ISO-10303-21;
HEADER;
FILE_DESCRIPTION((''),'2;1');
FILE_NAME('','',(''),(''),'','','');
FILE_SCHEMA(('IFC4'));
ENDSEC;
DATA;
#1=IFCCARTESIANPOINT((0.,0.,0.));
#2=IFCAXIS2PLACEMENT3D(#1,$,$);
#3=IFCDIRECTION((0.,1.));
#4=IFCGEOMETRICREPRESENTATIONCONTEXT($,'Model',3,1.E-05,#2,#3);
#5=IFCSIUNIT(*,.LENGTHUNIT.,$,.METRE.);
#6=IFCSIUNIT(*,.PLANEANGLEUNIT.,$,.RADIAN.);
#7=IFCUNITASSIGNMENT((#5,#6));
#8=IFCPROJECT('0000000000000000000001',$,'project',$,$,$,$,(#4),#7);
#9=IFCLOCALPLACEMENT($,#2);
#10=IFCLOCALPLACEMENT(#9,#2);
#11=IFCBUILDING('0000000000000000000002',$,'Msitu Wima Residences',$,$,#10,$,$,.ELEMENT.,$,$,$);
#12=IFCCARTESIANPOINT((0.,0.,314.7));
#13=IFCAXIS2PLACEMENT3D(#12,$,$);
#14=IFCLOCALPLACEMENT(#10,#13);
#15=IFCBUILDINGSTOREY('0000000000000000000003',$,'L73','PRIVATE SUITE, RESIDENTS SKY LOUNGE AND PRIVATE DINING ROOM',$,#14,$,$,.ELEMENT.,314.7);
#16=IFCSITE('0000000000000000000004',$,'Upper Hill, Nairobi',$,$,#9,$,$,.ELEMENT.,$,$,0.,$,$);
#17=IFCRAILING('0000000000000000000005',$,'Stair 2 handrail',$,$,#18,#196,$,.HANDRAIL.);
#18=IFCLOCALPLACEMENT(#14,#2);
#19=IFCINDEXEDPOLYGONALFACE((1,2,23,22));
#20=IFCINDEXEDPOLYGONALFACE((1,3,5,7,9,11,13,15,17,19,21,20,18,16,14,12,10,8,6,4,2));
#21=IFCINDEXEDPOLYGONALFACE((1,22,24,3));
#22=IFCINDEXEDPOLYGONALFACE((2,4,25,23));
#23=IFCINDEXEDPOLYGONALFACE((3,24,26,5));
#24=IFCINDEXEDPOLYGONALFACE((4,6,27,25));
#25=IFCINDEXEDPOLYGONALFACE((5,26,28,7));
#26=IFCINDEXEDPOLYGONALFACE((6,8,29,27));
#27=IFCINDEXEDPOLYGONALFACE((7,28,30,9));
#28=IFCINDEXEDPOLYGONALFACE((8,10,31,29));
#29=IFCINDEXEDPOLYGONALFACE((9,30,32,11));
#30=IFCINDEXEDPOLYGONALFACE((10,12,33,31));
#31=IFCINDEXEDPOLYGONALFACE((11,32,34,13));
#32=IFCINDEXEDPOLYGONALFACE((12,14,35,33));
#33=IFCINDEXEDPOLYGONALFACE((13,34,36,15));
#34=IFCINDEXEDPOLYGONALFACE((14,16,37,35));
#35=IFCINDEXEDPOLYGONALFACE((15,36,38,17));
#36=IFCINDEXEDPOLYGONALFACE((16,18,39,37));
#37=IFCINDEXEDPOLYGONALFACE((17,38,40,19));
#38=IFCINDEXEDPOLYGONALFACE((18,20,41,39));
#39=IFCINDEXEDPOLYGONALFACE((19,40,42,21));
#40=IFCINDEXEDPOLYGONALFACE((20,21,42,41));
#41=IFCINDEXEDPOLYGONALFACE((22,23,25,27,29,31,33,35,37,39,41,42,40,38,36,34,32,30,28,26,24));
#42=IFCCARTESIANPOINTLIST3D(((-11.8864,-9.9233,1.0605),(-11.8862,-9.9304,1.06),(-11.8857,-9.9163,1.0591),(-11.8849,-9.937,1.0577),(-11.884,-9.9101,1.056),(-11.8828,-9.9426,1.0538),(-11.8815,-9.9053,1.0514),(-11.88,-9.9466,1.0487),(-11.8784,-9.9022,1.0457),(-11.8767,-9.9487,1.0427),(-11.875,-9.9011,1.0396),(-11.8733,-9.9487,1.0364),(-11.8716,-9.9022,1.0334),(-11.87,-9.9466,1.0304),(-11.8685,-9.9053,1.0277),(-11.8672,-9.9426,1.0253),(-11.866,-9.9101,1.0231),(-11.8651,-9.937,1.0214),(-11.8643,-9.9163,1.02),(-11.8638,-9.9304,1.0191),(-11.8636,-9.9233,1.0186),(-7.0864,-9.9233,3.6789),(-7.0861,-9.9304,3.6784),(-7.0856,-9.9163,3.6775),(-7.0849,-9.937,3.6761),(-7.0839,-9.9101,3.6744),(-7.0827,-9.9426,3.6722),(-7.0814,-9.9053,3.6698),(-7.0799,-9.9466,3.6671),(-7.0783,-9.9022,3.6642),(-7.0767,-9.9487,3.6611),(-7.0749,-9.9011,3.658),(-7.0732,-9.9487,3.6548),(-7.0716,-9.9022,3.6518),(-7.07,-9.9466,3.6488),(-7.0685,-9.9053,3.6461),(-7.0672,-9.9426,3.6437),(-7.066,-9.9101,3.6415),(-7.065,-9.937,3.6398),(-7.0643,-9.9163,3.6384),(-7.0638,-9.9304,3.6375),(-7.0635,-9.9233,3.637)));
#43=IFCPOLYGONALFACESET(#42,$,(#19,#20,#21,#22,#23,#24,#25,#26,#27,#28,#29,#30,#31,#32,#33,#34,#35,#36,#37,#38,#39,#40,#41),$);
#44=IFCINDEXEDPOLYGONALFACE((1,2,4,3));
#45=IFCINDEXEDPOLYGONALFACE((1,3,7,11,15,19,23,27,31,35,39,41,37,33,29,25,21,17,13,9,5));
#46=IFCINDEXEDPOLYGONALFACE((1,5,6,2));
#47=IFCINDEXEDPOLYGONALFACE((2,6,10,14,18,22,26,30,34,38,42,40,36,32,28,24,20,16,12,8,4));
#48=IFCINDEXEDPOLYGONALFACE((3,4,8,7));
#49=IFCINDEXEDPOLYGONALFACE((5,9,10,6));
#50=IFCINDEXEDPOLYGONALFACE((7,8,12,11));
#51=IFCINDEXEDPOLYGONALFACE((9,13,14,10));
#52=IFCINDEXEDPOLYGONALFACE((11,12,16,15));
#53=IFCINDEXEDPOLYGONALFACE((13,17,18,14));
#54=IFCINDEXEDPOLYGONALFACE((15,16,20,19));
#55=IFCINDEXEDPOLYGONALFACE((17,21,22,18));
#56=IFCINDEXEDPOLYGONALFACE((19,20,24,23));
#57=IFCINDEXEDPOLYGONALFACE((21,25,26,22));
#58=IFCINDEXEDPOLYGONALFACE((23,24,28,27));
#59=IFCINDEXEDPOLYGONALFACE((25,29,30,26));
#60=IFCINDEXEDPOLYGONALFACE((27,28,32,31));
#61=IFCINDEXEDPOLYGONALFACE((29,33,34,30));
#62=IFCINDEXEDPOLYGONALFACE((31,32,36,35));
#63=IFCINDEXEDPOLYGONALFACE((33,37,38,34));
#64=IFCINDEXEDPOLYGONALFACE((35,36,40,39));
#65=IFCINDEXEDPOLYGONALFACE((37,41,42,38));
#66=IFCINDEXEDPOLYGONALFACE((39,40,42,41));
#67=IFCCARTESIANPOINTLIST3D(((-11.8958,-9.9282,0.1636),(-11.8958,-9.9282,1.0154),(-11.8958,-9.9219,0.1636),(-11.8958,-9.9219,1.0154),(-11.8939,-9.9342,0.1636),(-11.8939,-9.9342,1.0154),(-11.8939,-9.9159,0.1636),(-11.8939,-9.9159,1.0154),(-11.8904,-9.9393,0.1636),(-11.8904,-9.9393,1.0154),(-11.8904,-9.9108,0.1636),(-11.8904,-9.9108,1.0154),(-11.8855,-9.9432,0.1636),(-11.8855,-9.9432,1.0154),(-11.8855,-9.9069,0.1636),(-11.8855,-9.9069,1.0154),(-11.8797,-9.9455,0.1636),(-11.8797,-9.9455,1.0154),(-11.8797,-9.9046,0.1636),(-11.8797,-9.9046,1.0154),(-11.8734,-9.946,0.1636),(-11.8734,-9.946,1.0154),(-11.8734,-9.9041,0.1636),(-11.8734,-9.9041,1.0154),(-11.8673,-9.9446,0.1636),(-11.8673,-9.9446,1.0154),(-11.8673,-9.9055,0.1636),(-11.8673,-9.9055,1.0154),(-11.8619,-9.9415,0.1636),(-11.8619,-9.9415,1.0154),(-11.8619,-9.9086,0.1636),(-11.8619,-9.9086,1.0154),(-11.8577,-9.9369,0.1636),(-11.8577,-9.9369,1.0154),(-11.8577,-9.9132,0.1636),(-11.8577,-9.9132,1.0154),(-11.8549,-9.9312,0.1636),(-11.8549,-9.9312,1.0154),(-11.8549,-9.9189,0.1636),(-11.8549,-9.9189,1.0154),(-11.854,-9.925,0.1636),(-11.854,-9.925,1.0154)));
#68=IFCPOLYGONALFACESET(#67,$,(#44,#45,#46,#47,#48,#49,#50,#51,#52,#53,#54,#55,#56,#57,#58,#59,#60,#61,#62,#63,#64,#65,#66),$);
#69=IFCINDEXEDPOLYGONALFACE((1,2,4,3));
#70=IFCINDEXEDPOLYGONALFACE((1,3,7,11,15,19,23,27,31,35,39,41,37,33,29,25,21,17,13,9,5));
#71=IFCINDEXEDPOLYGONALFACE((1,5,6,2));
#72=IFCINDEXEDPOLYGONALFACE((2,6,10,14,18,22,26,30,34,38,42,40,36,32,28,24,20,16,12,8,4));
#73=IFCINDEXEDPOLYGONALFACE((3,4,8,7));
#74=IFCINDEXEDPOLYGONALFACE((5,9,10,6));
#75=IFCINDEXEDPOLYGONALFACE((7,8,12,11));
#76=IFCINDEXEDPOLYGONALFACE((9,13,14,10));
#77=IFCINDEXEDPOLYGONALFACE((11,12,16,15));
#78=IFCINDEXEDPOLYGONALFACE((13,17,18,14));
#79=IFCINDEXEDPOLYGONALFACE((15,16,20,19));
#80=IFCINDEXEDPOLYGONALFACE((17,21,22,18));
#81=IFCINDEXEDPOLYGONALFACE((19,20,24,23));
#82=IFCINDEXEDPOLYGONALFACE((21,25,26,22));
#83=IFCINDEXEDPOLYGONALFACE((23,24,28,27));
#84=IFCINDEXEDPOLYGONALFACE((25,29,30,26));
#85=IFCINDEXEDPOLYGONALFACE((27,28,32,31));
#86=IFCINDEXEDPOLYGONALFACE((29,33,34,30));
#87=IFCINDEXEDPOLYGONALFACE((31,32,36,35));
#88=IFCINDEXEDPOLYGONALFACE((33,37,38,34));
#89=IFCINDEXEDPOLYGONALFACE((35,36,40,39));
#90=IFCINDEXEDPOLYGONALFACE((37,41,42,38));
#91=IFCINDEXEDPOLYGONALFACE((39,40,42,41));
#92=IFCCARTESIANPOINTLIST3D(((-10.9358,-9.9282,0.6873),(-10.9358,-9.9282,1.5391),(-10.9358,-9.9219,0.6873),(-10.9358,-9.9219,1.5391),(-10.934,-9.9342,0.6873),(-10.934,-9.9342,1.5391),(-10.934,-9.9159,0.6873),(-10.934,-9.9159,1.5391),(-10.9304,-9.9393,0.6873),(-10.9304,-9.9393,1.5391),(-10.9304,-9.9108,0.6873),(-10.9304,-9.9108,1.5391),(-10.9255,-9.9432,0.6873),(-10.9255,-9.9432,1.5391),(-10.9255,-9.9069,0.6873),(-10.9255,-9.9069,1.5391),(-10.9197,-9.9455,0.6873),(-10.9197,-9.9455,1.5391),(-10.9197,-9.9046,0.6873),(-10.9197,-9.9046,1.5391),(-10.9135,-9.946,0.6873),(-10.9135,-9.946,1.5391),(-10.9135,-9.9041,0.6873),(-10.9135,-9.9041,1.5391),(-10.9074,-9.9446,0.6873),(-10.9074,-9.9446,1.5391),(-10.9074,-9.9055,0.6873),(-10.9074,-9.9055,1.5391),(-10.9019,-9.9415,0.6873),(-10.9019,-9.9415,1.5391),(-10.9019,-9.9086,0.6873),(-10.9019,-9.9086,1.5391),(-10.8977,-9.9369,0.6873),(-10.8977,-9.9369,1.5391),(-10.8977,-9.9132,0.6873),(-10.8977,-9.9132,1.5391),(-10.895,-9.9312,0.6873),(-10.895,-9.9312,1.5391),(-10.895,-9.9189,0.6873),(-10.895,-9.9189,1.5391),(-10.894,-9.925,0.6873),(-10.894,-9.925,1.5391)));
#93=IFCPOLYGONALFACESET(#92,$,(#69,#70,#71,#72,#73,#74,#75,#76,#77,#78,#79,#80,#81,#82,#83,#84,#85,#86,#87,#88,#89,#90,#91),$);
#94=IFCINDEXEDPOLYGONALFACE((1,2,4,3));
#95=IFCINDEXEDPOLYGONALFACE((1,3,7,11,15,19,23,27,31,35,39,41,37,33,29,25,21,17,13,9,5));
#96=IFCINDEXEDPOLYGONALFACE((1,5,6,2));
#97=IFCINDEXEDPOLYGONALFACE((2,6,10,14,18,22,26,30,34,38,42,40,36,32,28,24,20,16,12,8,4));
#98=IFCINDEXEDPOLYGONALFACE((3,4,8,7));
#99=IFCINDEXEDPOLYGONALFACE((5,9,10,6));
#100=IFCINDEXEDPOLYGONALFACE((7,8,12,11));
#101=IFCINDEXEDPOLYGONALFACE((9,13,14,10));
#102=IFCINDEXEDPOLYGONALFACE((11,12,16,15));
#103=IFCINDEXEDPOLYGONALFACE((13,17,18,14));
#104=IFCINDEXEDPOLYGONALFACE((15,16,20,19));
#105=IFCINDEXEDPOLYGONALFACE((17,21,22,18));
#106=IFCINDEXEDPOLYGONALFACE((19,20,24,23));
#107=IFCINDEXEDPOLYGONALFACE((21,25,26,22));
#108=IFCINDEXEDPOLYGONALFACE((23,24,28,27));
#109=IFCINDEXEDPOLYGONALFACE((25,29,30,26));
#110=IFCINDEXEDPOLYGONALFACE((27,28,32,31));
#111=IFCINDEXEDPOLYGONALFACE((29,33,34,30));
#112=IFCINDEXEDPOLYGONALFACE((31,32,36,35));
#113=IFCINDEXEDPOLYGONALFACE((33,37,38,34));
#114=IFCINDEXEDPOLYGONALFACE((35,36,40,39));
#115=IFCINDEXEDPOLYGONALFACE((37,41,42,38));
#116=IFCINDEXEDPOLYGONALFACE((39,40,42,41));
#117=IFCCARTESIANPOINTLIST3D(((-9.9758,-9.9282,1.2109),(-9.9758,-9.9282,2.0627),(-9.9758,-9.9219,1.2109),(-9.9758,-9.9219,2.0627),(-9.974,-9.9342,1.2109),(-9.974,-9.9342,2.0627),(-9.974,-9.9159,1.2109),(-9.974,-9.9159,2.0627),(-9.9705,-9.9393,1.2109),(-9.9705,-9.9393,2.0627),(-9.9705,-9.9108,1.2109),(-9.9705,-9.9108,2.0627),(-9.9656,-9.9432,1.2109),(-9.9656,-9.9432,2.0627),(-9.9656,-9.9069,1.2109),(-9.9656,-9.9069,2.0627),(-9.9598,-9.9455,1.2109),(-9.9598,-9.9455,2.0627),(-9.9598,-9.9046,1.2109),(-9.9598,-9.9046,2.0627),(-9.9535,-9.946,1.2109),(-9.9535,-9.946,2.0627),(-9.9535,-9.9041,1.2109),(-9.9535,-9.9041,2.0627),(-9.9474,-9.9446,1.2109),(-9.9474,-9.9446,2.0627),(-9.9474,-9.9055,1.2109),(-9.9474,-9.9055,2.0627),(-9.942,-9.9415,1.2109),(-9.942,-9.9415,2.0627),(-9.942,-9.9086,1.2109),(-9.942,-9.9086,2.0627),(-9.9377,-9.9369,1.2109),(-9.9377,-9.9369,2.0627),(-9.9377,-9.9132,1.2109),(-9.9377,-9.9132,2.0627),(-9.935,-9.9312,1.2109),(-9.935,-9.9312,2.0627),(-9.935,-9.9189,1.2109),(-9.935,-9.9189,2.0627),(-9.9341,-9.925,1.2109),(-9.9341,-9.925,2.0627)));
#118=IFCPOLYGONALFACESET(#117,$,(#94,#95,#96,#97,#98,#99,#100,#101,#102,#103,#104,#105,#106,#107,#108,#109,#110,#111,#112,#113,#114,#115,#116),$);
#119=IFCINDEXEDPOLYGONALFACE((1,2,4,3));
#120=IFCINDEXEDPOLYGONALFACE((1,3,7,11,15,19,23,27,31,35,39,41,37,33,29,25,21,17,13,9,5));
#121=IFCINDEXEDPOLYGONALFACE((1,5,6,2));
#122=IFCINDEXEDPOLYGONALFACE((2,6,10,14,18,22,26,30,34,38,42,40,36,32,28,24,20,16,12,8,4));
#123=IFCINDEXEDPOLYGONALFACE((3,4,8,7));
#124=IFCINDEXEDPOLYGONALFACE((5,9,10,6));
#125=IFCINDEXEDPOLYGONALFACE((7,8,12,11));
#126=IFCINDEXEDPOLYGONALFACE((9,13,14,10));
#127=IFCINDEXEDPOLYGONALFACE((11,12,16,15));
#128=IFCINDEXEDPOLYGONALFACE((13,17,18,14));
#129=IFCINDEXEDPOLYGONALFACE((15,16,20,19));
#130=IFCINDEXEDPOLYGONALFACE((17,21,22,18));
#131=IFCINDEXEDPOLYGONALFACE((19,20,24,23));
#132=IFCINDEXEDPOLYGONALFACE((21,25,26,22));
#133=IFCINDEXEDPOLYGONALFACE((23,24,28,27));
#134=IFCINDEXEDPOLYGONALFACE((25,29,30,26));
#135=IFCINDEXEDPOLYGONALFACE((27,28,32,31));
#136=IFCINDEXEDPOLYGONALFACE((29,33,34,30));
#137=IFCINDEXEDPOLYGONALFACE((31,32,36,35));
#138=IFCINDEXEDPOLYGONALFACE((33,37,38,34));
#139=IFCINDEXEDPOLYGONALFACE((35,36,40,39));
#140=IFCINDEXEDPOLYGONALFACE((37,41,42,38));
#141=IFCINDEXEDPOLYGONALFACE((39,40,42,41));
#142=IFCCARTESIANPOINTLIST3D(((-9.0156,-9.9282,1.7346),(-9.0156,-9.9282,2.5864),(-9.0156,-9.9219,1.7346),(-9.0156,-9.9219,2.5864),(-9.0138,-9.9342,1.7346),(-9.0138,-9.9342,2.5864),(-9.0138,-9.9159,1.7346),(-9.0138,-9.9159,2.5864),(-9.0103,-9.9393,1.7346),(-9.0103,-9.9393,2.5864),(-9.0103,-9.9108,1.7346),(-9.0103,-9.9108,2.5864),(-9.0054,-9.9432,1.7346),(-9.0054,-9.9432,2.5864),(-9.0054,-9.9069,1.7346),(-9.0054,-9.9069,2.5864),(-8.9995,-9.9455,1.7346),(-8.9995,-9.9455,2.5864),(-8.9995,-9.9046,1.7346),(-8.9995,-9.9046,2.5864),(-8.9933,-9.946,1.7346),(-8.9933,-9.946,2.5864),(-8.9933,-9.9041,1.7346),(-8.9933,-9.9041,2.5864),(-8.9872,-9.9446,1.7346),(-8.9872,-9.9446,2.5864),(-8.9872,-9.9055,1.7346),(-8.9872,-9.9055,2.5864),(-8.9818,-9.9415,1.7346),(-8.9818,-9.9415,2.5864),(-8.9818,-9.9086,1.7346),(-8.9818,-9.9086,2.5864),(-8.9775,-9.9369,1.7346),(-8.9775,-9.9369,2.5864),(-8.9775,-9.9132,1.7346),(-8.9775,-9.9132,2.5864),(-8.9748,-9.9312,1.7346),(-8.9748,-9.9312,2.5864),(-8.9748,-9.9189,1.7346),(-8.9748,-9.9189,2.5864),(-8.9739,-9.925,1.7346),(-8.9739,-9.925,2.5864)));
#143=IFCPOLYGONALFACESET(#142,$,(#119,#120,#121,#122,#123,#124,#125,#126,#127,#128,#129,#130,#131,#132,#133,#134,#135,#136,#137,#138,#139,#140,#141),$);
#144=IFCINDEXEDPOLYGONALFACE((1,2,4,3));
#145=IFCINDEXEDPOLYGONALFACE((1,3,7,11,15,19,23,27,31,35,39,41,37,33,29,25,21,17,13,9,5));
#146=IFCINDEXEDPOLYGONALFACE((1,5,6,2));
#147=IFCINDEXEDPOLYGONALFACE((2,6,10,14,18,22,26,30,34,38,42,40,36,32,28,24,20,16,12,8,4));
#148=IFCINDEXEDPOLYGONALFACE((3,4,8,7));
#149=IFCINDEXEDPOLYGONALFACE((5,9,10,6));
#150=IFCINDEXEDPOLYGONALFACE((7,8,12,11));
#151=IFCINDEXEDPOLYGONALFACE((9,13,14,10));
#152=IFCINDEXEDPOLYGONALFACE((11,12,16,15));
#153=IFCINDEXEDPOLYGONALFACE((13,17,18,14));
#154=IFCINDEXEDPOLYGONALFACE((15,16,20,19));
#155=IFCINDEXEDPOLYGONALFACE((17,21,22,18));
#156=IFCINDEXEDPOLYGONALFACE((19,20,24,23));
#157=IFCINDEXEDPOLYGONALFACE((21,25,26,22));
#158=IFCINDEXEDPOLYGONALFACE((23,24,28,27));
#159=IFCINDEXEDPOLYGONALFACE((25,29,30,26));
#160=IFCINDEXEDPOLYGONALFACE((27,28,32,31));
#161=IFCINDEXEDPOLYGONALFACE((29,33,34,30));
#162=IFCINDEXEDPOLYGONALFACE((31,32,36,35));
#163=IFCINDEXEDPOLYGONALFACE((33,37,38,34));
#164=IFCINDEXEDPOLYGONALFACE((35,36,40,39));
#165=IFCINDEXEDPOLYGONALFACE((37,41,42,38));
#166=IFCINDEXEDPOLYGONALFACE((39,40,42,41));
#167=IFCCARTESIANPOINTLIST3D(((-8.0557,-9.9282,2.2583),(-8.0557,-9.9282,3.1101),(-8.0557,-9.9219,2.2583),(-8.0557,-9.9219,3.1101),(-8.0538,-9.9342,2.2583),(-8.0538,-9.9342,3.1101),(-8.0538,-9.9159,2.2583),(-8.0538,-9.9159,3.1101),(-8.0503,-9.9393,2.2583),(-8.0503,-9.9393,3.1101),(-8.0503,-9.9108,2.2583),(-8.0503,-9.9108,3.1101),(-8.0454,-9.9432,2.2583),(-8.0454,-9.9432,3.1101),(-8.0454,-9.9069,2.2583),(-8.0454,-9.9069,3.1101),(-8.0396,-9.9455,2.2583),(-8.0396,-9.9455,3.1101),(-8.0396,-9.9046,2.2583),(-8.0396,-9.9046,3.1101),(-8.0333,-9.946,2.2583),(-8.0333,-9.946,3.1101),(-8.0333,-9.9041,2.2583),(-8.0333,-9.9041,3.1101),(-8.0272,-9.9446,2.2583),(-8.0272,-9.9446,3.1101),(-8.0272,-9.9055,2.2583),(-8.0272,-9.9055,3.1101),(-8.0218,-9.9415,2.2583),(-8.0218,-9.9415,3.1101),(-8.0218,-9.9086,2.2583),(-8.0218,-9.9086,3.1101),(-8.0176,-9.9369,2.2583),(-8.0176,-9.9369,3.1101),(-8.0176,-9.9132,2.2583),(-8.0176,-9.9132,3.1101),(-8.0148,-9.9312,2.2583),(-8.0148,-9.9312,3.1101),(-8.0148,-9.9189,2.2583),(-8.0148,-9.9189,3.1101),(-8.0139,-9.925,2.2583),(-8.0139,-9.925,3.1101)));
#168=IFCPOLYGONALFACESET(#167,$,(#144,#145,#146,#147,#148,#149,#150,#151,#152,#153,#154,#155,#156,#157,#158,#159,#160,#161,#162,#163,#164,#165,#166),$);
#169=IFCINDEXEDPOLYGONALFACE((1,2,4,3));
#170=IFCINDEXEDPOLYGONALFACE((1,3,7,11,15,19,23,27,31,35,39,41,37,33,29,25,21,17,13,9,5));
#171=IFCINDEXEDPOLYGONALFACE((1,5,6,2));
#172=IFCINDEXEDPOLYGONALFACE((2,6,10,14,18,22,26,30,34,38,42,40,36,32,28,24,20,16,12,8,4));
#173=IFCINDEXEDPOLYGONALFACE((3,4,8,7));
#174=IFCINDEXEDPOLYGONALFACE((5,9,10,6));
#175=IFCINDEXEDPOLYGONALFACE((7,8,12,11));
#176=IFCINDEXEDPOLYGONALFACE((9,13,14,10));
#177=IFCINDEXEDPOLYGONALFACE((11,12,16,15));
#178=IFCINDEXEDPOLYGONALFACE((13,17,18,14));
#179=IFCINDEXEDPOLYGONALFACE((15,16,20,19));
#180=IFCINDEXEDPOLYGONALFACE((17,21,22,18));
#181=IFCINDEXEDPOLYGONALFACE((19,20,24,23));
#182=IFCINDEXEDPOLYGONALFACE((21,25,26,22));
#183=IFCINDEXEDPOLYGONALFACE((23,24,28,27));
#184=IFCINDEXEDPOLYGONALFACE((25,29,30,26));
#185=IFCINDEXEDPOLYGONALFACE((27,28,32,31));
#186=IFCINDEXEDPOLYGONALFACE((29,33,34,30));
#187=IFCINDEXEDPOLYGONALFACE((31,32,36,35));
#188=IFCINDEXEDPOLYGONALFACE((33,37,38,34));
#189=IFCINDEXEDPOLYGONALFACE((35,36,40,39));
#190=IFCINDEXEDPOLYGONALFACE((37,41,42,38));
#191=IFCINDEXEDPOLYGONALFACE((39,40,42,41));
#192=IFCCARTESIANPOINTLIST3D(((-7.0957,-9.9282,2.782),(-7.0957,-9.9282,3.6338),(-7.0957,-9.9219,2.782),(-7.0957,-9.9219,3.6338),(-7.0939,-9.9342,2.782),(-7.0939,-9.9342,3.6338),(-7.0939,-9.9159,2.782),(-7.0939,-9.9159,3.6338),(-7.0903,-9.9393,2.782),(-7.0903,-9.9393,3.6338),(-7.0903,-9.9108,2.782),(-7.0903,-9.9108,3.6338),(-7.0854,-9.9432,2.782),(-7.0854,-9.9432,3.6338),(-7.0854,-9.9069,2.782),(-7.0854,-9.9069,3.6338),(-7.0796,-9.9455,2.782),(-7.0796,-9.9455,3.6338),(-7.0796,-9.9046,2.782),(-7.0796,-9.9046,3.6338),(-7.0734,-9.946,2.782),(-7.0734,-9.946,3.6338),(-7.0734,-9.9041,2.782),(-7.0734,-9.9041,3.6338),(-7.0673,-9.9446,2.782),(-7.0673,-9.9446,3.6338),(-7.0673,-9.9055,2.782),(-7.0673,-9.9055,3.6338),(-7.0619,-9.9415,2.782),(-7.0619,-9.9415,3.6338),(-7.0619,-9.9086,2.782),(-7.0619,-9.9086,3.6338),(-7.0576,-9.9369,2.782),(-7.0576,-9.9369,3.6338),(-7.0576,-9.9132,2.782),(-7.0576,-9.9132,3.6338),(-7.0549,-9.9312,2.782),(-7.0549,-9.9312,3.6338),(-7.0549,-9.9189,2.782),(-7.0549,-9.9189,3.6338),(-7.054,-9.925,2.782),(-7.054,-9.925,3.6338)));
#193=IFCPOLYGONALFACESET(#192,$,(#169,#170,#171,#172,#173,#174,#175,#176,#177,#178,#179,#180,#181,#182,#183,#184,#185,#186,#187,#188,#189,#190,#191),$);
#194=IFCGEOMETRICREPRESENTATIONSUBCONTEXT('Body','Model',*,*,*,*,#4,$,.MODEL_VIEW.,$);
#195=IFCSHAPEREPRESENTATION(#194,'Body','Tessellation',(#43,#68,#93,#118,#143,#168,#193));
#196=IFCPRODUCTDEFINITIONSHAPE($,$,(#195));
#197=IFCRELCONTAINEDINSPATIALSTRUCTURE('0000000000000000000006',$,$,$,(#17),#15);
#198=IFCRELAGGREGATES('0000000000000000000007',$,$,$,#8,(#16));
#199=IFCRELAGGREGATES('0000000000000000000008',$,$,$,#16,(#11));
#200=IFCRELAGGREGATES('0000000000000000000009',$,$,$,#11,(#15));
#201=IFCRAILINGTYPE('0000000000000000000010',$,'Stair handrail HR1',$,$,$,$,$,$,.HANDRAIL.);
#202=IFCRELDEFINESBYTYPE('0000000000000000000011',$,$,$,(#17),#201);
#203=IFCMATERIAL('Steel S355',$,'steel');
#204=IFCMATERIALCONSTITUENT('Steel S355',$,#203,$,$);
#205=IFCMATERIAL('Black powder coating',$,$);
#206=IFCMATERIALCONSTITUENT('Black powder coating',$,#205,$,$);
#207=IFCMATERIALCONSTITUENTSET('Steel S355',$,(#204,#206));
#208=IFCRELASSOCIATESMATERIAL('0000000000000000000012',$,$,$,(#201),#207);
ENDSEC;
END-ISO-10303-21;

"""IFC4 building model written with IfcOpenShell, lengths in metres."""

from ifc_helpers import new_model, si_unit, direction, frame, origin, origin_2d, place, context, subcontext, project, spatial, circle, extrude, material, constituent, constituent_set, type_object, element, save


model = new_model("IFC4")

# Units and contexts
model_context = context("Model", 3, precision=1e-05, world=origin(), true_north=direction((0.0, 1.0)))
body_context = subcontext(model_context, "Body", "Model", "MODEL_VIEW")
ifc_project = project(units=[si_unit("LENGTHUNIT", "METRE"), si_unit("PLANEANGLEUNIT", "RADIAN")], contexts=[model_context])

# Site, building, storey
site_placement = place(None, origin())
site = spatial("IfcSite", under=ifc_project, at=site_placement, Name="Upper Hill, Nairobi", CompositionType="ELEMENT", RefElevation=0.0)
building_placement = place(site_placement, origin())
building = spatial("IfcBuilding", under=site, at=building_placement, Name="Msitu Wima Residences", CompositionType="ELEMENT")
storey_placement = place(building_placement, frame((0.0, 0.0, 314.7)))
storey = spatial("IfcBuildingStorey", under=building, at=storey_placement, Name="L73", Description="PRIVATE SUITE, RESIDENTS SKY LOUNGE AND PRIVATE DINING ROOM", CompositionType="ELEMENT", Elevation=314.7)

# Railing
ifc_material_1 = material(Name="Steel S355", Category="steel")
ifc_constituent_1 = constituent(ifc_material_1, Name="Steel S355")
ifc_material_2 = material(Name="Black powder coating")
ifc_constituent_2 = constituent(ifc_material_2, Name="Black powder coating")
ifc_constituent_set = constituent_set(constituents=[ifc_constituent_1, ifc_constituent_2], Name="Steel S355")
railing_type = type_object("IfcRailingType", Name="Stair handrail HR1", PredefinedType="HANDRAIL", material=ifc_constituent_set)
for number, where, name in (
    (1, (-11.875, -9.925, 0.1636), "Stair 2 handrail"),
):
    element("IfcRailing", number, at=place(storey_placement, frame(where)), inside=storey, type_object=railing_type, Name=name, PredefinedType="HANDRAIL", context=body_context, shape_type="SweptSolid", body=[
        extrude(circle(Radius=0.0239, at=origin_2d()), frame((0.0, 0.0, 0.876), z_axis=(0.87788, 0.0, 0.47888), x_axis=(0.0, 1.0, 0.0)), (0.0, 0.0, 1.0), 5.4678),
        extrude(circle(Radius=0.021, at=origin_2d()), origin(), (0.0, 0.0, 1.0), 0.8518),
        extrude(circle(Radius=0.021, at=origin_2d()), frame((0.96, 0.0, 0.5237)), (0.0, 0.0, 1.0), 0.8518),
        extrude(circle(Radius=0.021, at=origin_2d()), frame((1.9199, 0.0, 1.0474)), (0.0, 0.0, 1.0), 0.8518),
        extrude(circle(Radius=0.021, at=origin_2d()), frame((2.8801, 0.0, 1.571)), (0.0, 0.0, 1.0), 0.8518),
        extrude(circle(Radius=0.021, at=origin_2d()), frame((3.8401, 0.0, 2.0947)), (0.0, 0.0, 1.0), 0.8518),
        extrude(circle(Radius=0.021, at=origin_2d()), frame((4.8, 0.0, 2.6184)), (0.0, 0.0, 1.0), 0.8518),
    ])

save(model, "model.ifc")
